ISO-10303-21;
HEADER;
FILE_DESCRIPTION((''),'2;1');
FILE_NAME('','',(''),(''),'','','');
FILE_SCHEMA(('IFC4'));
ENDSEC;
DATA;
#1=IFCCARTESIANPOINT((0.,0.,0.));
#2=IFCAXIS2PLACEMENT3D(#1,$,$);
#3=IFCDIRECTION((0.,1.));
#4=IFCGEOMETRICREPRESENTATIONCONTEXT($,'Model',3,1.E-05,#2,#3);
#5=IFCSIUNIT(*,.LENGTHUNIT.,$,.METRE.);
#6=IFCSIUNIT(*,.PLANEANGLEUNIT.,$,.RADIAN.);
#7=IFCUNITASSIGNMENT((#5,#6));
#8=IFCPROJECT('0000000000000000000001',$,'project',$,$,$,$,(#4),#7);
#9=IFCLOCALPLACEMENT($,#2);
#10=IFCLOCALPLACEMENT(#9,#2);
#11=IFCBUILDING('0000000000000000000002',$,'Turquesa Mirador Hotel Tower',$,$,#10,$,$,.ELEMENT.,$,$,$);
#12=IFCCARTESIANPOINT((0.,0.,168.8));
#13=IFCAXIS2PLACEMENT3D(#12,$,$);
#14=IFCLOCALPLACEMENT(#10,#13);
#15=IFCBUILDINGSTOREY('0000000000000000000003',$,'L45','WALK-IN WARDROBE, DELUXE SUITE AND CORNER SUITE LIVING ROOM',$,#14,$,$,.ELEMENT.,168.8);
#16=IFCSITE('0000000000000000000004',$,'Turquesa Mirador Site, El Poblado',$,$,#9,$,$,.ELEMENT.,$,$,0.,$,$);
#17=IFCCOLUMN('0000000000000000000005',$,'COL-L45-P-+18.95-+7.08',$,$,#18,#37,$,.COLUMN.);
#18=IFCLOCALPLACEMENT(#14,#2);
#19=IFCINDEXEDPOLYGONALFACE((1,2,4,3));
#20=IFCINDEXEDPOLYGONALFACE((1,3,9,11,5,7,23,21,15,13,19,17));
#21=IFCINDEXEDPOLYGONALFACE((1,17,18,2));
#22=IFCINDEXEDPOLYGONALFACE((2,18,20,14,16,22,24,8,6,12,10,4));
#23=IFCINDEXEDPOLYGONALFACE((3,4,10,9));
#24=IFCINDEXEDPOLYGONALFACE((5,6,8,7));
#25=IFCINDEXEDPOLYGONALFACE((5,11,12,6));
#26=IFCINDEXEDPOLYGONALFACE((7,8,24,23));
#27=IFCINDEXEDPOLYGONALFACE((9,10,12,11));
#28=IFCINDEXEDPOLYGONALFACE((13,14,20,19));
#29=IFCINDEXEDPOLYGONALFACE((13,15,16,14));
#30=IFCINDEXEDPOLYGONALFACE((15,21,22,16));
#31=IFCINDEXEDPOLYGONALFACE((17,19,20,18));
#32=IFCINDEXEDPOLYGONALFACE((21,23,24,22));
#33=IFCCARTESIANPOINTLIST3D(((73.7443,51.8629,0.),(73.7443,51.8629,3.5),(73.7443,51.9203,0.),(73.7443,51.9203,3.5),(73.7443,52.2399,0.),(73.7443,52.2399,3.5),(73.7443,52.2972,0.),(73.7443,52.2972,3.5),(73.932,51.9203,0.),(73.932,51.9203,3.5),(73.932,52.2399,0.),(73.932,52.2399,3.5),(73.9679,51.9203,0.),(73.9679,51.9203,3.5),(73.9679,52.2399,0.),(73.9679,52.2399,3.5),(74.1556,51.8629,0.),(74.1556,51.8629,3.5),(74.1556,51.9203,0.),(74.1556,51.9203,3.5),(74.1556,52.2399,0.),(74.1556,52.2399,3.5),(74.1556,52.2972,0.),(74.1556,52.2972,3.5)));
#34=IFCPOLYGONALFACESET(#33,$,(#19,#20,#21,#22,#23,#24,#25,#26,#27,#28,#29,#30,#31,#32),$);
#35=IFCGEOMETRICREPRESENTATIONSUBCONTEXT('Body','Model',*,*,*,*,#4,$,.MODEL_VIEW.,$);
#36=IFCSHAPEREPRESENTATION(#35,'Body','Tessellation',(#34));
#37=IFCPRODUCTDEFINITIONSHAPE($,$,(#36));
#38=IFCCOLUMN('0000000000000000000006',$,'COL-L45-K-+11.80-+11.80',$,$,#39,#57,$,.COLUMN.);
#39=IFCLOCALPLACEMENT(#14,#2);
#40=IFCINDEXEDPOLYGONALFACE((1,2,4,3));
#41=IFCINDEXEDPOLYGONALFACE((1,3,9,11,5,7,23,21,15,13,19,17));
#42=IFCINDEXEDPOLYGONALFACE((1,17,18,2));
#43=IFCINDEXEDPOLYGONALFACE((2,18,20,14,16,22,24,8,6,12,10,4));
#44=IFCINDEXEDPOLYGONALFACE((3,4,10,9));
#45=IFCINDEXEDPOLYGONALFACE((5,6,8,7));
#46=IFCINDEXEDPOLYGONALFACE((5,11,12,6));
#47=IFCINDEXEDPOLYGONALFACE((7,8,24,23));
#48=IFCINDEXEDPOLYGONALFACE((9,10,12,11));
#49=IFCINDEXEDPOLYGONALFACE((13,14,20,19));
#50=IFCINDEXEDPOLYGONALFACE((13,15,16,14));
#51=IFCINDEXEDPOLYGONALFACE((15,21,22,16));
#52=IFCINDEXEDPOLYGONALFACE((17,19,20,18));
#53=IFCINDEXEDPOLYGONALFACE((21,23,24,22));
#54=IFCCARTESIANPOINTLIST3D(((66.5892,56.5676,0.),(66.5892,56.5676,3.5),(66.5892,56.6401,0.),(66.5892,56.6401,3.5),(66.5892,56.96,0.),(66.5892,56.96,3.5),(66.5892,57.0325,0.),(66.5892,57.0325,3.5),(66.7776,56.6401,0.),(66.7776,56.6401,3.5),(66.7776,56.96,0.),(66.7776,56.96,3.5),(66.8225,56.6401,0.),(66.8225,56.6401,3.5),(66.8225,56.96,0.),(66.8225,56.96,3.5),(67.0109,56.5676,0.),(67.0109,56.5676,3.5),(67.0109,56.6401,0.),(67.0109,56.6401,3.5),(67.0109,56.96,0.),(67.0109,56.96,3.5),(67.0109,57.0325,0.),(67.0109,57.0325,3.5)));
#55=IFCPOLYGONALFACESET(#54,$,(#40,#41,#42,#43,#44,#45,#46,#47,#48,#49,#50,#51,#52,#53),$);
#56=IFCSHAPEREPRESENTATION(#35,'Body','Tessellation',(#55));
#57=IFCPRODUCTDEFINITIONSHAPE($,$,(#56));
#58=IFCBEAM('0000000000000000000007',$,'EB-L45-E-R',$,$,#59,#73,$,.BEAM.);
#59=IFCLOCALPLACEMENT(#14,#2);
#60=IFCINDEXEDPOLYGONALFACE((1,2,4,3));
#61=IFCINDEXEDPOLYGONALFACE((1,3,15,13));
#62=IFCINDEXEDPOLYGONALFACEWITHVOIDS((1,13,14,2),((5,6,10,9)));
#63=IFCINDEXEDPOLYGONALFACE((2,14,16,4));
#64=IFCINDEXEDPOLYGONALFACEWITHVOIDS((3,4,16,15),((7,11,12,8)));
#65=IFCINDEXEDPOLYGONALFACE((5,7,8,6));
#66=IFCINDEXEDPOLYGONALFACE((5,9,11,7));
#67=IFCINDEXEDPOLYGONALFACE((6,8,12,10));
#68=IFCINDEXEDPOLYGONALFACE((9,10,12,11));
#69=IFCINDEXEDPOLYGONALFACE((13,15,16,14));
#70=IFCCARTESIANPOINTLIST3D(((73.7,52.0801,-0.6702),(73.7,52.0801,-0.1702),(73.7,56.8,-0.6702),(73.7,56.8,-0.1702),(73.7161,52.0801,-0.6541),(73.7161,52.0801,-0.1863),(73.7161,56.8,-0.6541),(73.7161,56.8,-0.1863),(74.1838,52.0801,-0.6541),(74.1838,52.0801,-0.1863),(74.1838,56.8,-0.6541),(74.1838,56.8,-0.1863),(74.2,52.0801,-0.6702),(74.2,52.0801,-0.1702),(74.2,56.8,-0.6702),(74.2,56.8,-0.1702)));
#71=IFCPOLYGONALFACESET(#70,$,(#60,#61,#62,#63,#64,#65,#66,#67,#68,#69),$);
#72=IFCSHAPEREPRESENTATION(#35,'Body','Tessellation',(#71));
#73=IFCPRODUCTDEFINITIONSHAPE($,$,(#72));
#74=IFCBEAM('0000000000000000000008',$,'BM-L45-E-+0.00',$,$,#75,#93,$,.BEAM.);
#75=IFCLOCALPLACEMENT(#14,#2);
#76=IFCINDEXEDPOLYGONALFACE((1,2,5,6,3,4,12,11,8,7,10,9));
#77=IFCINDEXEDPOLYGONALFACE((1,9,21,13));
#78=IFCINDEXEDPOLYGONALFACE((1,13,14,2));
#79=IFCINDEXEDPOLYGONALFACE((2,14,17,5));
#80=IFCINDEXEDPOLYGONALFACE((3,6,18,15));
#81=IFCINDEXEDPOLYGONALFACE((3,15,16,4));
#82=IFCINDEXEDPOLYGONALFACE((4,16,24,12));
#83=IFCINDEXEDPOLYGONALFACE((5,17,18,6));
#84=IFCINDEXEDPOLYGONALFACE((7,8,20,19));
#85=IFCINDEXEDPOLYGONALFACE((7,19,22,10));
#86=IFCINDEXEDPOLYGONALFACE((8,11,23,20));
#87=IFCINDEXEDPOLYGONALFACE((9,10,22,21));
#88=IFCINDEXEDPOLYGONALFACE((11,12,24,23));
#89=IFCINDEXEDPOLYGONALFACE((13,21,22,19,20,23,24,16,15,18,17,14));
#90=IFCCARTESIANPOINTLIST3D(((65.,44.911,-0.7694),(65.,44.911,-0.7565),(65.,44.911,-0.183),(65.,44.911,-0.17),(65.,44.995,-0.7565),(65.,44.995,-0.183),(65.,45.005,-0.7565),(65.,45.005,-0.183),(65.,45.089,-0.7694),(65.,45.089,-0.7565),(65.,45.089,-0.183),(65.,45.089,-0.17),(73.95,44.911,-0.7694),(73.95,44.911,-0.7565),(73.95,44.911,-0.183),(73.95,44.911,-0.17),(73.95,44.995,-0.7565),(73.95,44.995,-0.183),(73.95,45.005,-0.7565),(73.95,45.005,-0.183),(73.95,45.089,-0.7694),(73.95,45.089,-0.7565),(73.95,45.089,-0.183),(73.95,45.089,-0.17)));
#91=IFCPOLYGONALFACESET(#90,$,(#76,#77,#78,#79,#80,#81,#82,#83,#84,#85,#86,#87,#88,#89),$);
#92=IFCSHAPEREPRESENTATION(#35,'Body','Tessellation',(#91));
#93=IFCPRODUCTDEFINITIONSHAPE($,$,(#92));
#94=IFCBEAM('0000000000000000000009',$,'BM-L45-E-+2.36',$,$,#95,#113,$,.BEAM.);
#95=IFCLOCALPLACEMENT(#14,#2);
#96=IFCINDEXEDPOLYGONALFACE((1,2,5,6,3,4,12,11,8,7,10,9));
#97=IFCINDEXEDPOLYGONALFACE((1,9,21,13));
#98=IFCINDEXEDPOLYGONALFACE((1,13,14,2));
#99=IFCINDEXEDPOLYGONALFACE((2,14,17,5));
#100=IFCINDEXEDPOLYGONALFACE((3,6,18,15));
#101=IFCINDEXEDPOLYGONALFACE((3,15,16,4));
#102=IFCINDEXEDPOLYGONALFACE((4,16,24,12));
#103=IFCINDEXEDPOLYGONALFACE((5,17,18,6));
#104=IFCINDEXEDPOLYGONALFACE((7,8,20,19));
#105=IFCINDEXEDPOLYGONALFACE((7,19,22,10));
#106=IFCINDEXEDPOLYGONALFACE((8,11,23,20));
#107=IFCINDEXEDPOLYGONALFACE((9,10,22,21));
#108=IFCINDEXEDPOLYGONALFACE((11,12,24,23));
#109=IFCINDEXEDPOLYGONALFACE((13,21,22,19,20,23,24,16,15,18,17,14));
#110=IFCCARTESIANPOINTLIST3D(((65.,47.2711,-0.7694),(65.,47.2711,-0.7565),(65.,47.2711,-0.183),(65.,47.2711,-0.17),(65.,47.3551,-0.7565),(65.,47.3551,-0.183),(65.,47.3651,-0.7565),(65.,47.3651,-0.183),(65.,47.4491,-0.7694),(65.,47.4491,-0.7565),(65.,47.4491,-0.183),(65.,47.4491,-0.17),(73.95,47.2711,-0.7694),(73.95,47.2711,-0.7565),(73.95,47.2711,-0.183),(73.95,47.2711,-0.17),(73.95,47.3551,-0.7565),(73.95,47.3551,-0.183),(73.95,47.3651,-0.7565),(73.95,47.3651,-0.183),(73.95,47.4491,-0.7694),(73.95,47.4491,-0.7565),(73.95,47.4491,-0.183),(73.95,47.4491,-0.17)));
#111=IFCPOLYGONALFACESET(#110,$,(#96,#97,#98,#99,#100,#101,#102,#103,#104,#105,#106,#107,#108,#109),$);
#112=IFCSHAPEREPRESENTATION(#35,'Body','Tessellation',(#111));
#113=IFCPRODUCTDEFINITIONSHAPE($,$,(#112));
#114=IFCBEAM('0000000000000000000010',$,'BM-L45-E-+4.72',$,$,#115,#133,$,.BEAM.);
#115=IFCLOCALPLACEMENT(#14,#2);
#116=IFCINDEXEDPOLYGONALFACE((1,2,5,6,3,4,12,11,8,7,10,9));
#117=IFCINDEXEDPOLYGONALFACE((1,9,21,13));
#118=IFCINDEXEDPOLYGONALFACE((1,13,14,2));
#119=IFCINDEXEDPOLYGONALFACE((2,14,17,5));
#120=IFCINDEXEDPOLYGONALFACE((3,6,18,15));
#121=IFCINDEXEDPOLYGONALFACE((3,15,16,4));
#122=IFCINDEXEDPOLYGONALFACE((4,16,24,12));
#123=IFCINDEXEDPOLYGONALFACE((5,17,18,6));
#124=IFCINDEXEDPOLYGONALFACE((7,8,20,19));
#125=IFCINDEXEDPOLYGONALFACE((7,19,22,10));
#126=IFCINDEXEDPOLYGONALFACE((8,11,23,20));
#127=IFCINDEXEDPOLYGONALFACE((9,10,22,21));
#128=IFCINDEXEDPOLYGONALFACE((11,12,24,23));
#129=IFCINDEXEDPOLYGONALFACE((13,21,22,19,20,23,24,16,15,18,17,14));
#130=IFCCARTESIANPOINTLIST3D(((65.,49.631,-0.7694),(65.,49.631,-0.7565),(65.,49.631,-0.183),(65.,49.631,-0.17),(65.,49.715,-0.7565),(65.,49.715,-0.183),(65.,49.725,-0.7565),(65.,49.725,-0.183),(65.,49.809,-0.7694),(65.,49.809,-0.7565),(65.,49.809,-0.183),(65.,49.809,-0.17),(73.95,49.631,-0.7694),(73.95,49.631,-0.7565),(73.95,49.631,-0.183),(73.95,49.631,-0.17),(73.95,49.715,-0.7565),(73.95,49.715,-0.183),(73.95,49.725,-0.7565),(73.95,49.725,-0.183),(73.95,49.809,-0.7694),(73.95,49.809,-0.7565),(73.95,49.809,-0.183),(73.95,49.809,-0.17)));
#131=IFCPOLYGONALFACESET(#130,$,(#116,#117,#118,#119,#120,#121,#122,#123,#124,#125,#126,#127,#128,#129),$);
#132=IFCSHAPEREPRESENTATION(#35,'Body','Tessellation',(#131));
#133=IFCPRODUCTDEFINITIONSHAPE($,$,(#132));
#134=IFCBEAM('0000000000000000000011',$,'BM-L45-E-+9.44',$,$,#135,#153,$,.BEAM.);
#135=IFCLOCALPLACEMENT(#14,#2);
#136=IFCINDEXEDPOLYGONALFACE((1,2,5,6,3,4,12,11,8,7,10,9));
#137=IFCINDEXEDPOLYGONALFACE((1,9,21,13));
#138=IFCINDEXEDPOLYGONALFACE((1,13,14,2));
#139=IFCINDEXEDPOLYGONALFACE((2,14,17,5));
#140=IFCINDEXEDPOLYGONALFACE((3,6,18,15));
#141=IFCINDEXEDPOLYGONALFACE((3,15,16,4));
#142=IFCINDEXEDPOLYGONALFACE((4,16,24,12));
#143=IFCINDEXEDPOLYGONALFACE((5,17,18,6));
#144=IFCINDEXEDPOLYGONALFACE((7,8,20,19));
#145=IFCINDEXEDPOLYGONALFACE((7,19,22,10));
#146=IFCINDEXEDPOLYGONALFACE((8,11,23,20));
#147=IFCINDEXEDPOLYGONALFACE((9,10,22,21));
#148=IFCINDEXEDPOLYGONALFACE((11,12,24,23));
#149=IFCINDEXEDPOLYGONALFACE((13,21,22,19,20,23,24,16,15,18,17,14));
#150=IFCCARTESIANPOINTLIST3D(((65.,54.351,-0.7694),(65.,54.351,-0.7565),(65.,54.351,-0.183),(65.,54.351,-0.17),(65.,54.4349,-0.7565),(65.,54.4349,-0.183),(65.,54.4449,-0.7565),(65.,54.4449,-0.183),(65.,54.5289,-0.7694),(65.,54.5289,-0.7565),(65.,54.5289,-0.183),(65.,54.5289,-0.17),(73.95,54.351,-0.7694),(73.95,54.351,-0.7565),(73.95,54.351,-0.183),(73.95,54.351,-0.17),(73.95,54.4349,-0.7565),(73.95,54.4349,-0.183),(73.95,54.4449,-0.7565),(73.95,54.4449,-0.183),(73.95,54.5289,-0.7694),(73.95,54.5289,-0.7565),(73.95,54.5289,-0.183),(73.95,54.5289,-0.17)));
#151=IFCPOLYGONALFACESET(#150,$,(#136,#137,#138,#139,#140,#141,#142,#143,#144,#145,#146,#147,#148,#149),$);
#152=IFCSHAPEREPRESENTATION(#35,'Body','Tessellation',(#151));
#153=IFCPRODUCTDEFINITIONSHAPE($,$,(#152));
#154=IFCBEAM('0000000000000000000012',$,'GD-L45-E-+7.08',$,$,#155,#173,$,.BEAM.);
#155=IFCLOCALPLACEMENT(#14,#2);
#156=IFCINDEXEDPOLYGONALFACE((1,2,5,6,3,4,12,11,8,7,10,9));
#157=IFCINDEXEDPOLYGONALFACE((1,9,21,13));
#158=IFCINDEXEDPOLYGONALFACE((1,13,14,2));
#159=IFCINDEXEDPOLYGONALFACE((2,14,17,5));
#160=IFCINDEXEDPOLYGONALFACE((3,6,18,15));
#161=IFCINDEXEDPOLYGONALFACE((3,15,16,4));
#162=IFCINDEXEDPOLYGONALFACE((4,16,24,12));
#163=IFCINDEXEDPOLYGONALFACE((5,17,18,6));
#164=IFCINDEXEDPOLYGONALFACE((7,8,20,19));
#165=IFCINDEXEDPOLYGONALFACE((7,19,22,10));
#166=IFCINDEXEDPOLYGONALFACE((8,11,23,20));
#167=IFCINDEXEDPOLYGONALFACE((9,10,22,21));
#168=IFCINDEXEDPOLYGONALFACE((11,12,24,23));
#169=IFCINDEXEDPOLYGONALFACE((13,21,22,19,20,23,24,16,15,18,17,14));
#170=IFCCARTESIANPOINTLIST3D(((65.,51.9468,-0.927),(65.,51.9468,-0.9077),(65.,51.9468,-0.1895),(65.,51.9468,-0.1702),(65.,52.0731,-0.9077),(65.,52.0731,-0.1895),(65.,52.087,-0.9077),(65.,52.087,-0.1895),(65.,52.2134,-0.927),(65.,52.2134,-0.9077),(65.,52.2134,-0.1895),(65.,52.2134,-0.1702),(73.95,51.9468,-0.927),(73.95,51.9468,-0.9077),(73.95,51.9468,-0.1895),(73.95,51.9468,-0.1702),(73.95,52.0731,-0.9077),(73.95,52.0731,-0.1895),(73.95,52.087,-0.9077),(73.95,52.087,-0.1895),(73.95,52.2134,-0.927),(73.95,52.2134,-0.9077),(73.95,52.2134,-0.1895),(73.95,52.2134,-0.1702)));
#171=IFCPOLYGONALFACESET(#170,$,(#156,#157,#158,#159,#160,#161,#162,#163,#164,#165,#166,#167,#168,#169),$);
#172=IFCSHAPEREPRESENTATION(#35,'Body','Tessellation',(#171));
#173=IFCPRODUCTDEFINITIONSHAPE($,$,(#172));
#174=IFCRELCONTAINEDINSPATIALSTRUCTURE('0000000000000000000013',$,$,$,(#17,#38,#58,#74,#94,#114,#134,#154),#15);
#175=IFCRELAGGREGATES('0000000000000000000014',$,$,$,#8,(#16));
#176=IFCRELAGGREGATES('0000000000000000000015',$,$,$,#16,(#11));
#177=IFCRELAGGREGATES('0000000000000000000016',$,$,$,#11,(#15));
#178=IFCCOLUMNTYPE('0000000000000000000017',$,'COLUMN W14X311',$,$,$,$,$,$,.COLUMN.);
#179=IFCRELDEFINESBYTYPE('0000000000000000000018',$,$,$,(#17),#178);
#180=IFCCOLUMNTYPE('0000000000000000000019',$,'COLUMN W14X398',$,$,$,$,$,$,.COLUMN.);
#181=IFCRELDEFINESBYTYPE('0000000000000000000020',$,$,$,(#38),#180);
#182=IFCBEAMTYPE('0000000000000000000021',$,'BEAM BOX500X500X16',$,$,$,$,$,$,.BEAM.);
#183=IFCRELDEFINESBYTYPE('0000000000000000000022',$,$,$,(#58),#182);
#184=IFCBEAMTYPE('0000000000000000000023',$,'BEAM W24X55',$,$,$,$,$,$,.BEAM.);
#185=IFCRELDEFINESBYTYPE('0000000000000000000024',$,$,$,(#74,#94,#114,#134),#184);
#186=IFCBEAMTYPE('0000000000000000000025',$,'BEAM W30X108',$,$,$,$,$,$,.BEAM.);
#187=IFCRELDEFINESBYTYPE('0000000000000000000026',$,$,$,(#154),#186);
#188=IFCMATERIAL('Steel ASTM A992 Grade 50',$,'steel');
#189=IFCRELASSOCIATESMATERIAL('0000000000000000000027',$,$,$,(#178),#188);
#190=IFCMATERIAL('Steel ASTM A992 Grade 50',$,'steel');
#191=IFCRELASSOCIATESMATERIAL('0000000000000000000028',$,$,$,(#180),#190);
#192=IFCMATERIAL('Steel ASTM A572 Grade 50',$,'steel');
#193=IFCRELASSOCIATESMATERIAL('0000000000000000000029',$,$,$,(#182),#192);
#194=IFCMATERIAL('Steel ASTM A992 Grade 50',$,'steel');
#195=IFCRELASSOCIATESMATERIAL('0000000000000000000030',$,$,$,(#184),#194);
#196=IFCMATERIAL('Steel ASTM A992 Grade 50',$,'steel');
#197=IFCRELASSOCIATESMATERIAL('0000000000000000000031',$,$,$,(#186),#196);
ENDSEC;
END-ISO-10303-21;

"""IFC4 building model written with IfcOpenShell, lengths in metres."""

from ifc_helpers import new_model, si_unit, direction, frame, origin, origin_2d, place, context, subcontext, project, spatial, hollow_rectangle, i_section, extrude, material, material_profile, profile_set, type_object, element, save


model = new_model("IFC4")

# Units and contexts
model_context = context("Model", 3, precision=1e-05, world=origin(), true_north=direction((0.0, 1.0)))
body_context = subcontext(model_context, "Body", "Model", "MODEL_VIEW")
ifc_project = project(units=[si_unit("LENGTHUNIT", "METRE"), si_unit("PLANEANGLEUNIT", "RADIAN")], contexts=[model_context])

# Site, building, storey
site_placement = place(None, origin())
site = spatial("IfcSite", under=ifc_project, at=site_placement, Name="Turquesa Mirador Site, El Poblado", CompositionType="ELEMENT", RefElevation=0.0)
building_placement = place(site_placement, origin())
building = spatial("IfcBuilding", under=site, at=building_placement, Name="Turquesa Mirador Hotel Tower", CompositionType="ELEMENT")
storey_placement = place(building_placement, frame((0.0, 0.0, 168.8)))
storey = spatial("IfcBuildingStorey", under=building, at=storey_placement, Name="L45", Description="WALK-IN WARDROBE, DELUXE SUITE AND CORNER SUITE LIVING ROOM", CompositionType="ELEMENT", Elevation=168.8)

# Columns
ifc_material_1 = material(Name="Steel ASTM A992 Grade 50", Category="steel")
ifc_material_profile_1 = material_profile(ifc_material_1, i_section(OverallWidth=0.4114, OverallDepth=0.4343, WebThickness=0.0359, FlangeThickness=0.0574, at=origin_2d()), Name="W14X311")
ifc_profile_set_1 = profile_set([ifc_material_profile_1], Name="Steel ASTM A992 Grade 50")
column_type_1 = type_object("IfcColumnType", Name="COLUMN W14X311", PredefinedType="COLUMN", material=ifc_profile_set_1)
column_1_placement = place(storey_placement, frame((73.95, 52.0801, 0.0), z_axis=(0.0, 0.0, 1.0), x_axis=(1.0, 0.0, 0.0)))
element("IfcColumn", 1, at=column_1_placement, inside=storey, type_object=column_type_1, Name="COL-L45-P-+18.95-+7.08", PredefinedType="COLUMN", context=body_context, shape_type="SweptSolid", body=[
    extrude(i_section(OverallWidth=0.4114, OverallDepth=0.4343, WebThickness=0.0359, FlangeThickness=0.0574, at=origin_2d()), origin(), (0.0, 0.0, 1.0), 3.5),
])
ifc_material_2 = material(Name="Steel ASTM A992 Grade 50", Category="steel")
ifc_material_profile_2 = material_profile(ifc_material_2, i_section(OverallWidth=0.4216, OverallDepth=0.4648, WebThickness=0.0449, FlangeThickness=0.0725, at=origin_2d()), Name="W14X398")
ifc_profile_set_2 = profile_set([ifc_material_profile_2], Name="Steel ASTM A992 Grade 50")
column_type_2 = type_object("IfcColumnType", Name="COLUMN W14X398", PredefinedType="COLUMN", material=ifc_profile_set_2)
column_2_placement = place(storey_placement, frame((66.8, 56.8, 0.0), z_axis=(0.0, 0.0, 1.0), x_axis=(1.0, 0.0, 0.0)))
element("IfcColumn", 2, at=column_2_placement, inside=storey, type_object=column_type_2, Name="COL-L45-K-+11.80-+11.80", PredefinedType="COLUMN", context=body_context, shape_type="SweptSolid", body=[
    extrude(i_section(OverallWidth=0.4216, OverallDepth=0.4648, WebThickness=0.0449, FlangeThickness=0.0725, at=origin_2d()), origin(), (0.0, 0.0, 1.0), 3.5),
])

# Beams
ifc_material_3 = material(Name="Steel ASTM A572 Grade 50", Category="steel")
ifc_material_profile_3 = material_profile(ifc_material_3, hollow_rectangle(XDim=0.5, YDim=0.5, WallThickness=0.0161, at=origin_2d()), Name="BOX500X500X16")
ifc_profile_set_3 = profile_set([ifc_material_profile_3], Name="Steel ASTM A572 Grade 50")
beam_type_1 = type_object("IfcBeamType", Name="BEAM BOX500X500X16", PredefinedType="BEAM", material=ifc_profile_set_3)
beam_1_placement = place(storey_placement, frame((73.95, 52.0801, -0.4202), z_axis=(0.0, 1.0, 0.0), x_axis=(-1.0, 0.0, 0.0)))
element("IfcBeam", 3, at=beam_1_placement, inside=storey, type_object=beam_type_1, Name="EB-L45-E-R", PredefinedType="BEAM", context=body_context, shape_type="SweptSolid", body=[
    extrude(hollow_rectangle(XDim=0.5, YDim=0.5, WallThickness=0.0161, at=origin_2d()), origin(), (0.0, 0.0, 1.0), 4.72),
])
ifc_material_4 = material(Name="Steel ASTM A992 Grade 50", Category="steel")
ifc_material_profile_4 = material_profile(ifc_material_4, i_section(OverallWidth=0.178, OverallDepth=0.5994, WebThickness=0.01, FlangeThickness=0.0129, at=origin_2d()), Name="W24X55")
ifc_profile_set_4 = profile_set([ifc_material_profile_4], Name="Steel ASTM A992 Grade 50")
beam_type_2 = type_object("IfcBeamType", Name="BEAM W24X55", PredefinedType="BEAM", material=ifc_profile_set_4)
for number, where, z_axis, x_axis, name in (
    (4, (73.95, 45.0, -0.4697), (-1.0, 0.0, 0.0), (0.0, -1.0, 0.0), "BM-L45-E-+0.00"),
    (5, (73.95, 47.3601, -0.4697), (-1.0, 0.0, 0.0), (0.0, -1.0, 0.0), "BM-L45-E-+2.36"),
    (6, (73.95, 49.72, -0.4697), (-1.0, 0.0, 0.0), (0.0, -1.0, 0.0), "BM-L45-E-+4.72"),
    (7, (73.95, 54.4399, -0.4697), (-1.0, 0.0, 0.0), (0.0, -1.0, 0.0), "BM-L45-E-+9.44"),
):
    element("IfcBeam", number, at=place(storey_placement, frame(where, z_axis=z_axis, x_axis=x_axis)), inside=storey, type_object=beam_type_2, Name=name, PredefinedType="BEAM", context=body_context, shape_type="SweptSolid", body=[
        extrude(i_section(OverallWidth=0.178, OverallDepth=0.5994, WebThickness=0.01, FlangeThickness=0.0129, at=origin_2d()), origin(), (0.0, 0.0, 1.0), 8.95),
    ])
ifc_material_5 = material(Name="Steel ASTM A992 Grade 50", Category="steel")
ifc_material_profile_5 = material_profile(ifc_material_5, i_section(OverallWidth=0.2666, OverallDepth=0.7568, WebThickness=0.0139, FlangeThickness=0.0193, at=origin_2d()), Name="W30X108")
ifc_profile_set_5 = profile_set([ifc_material_profile_5], Name="Steel ASTM A992 Grade 50")
beam_type_3 = type_object("IfcBeamType", Name="BEAM W30X108", PredefinedType="BEAM", material=ifc_profile_set_5)
beam_2_placement = place(storey_placement, frame((73.95, 52.0801, -0.5486), z_axis=(-1.0, 0.0, 0.0), x_axis=(0.0, -1.0, 0.0)))
element("IfcBeam", 8, at=beam_2_placement, inside=storey, type_object=beam_type_3, Name="GD-L45-E-+7.08", PredefinedType="BEAM", context=body_context, shape_type="SweptSolid", body=[
    extrude(i_section(OverallWidth=0.2666, OverallDepth=0.7568, WebThickness=0.0139, FlangeThickness=0.0193, at=origin_2d()), origin(), (0.0, 0.0, 1.0), 8.95),
])

save(model, "model.ifc")
